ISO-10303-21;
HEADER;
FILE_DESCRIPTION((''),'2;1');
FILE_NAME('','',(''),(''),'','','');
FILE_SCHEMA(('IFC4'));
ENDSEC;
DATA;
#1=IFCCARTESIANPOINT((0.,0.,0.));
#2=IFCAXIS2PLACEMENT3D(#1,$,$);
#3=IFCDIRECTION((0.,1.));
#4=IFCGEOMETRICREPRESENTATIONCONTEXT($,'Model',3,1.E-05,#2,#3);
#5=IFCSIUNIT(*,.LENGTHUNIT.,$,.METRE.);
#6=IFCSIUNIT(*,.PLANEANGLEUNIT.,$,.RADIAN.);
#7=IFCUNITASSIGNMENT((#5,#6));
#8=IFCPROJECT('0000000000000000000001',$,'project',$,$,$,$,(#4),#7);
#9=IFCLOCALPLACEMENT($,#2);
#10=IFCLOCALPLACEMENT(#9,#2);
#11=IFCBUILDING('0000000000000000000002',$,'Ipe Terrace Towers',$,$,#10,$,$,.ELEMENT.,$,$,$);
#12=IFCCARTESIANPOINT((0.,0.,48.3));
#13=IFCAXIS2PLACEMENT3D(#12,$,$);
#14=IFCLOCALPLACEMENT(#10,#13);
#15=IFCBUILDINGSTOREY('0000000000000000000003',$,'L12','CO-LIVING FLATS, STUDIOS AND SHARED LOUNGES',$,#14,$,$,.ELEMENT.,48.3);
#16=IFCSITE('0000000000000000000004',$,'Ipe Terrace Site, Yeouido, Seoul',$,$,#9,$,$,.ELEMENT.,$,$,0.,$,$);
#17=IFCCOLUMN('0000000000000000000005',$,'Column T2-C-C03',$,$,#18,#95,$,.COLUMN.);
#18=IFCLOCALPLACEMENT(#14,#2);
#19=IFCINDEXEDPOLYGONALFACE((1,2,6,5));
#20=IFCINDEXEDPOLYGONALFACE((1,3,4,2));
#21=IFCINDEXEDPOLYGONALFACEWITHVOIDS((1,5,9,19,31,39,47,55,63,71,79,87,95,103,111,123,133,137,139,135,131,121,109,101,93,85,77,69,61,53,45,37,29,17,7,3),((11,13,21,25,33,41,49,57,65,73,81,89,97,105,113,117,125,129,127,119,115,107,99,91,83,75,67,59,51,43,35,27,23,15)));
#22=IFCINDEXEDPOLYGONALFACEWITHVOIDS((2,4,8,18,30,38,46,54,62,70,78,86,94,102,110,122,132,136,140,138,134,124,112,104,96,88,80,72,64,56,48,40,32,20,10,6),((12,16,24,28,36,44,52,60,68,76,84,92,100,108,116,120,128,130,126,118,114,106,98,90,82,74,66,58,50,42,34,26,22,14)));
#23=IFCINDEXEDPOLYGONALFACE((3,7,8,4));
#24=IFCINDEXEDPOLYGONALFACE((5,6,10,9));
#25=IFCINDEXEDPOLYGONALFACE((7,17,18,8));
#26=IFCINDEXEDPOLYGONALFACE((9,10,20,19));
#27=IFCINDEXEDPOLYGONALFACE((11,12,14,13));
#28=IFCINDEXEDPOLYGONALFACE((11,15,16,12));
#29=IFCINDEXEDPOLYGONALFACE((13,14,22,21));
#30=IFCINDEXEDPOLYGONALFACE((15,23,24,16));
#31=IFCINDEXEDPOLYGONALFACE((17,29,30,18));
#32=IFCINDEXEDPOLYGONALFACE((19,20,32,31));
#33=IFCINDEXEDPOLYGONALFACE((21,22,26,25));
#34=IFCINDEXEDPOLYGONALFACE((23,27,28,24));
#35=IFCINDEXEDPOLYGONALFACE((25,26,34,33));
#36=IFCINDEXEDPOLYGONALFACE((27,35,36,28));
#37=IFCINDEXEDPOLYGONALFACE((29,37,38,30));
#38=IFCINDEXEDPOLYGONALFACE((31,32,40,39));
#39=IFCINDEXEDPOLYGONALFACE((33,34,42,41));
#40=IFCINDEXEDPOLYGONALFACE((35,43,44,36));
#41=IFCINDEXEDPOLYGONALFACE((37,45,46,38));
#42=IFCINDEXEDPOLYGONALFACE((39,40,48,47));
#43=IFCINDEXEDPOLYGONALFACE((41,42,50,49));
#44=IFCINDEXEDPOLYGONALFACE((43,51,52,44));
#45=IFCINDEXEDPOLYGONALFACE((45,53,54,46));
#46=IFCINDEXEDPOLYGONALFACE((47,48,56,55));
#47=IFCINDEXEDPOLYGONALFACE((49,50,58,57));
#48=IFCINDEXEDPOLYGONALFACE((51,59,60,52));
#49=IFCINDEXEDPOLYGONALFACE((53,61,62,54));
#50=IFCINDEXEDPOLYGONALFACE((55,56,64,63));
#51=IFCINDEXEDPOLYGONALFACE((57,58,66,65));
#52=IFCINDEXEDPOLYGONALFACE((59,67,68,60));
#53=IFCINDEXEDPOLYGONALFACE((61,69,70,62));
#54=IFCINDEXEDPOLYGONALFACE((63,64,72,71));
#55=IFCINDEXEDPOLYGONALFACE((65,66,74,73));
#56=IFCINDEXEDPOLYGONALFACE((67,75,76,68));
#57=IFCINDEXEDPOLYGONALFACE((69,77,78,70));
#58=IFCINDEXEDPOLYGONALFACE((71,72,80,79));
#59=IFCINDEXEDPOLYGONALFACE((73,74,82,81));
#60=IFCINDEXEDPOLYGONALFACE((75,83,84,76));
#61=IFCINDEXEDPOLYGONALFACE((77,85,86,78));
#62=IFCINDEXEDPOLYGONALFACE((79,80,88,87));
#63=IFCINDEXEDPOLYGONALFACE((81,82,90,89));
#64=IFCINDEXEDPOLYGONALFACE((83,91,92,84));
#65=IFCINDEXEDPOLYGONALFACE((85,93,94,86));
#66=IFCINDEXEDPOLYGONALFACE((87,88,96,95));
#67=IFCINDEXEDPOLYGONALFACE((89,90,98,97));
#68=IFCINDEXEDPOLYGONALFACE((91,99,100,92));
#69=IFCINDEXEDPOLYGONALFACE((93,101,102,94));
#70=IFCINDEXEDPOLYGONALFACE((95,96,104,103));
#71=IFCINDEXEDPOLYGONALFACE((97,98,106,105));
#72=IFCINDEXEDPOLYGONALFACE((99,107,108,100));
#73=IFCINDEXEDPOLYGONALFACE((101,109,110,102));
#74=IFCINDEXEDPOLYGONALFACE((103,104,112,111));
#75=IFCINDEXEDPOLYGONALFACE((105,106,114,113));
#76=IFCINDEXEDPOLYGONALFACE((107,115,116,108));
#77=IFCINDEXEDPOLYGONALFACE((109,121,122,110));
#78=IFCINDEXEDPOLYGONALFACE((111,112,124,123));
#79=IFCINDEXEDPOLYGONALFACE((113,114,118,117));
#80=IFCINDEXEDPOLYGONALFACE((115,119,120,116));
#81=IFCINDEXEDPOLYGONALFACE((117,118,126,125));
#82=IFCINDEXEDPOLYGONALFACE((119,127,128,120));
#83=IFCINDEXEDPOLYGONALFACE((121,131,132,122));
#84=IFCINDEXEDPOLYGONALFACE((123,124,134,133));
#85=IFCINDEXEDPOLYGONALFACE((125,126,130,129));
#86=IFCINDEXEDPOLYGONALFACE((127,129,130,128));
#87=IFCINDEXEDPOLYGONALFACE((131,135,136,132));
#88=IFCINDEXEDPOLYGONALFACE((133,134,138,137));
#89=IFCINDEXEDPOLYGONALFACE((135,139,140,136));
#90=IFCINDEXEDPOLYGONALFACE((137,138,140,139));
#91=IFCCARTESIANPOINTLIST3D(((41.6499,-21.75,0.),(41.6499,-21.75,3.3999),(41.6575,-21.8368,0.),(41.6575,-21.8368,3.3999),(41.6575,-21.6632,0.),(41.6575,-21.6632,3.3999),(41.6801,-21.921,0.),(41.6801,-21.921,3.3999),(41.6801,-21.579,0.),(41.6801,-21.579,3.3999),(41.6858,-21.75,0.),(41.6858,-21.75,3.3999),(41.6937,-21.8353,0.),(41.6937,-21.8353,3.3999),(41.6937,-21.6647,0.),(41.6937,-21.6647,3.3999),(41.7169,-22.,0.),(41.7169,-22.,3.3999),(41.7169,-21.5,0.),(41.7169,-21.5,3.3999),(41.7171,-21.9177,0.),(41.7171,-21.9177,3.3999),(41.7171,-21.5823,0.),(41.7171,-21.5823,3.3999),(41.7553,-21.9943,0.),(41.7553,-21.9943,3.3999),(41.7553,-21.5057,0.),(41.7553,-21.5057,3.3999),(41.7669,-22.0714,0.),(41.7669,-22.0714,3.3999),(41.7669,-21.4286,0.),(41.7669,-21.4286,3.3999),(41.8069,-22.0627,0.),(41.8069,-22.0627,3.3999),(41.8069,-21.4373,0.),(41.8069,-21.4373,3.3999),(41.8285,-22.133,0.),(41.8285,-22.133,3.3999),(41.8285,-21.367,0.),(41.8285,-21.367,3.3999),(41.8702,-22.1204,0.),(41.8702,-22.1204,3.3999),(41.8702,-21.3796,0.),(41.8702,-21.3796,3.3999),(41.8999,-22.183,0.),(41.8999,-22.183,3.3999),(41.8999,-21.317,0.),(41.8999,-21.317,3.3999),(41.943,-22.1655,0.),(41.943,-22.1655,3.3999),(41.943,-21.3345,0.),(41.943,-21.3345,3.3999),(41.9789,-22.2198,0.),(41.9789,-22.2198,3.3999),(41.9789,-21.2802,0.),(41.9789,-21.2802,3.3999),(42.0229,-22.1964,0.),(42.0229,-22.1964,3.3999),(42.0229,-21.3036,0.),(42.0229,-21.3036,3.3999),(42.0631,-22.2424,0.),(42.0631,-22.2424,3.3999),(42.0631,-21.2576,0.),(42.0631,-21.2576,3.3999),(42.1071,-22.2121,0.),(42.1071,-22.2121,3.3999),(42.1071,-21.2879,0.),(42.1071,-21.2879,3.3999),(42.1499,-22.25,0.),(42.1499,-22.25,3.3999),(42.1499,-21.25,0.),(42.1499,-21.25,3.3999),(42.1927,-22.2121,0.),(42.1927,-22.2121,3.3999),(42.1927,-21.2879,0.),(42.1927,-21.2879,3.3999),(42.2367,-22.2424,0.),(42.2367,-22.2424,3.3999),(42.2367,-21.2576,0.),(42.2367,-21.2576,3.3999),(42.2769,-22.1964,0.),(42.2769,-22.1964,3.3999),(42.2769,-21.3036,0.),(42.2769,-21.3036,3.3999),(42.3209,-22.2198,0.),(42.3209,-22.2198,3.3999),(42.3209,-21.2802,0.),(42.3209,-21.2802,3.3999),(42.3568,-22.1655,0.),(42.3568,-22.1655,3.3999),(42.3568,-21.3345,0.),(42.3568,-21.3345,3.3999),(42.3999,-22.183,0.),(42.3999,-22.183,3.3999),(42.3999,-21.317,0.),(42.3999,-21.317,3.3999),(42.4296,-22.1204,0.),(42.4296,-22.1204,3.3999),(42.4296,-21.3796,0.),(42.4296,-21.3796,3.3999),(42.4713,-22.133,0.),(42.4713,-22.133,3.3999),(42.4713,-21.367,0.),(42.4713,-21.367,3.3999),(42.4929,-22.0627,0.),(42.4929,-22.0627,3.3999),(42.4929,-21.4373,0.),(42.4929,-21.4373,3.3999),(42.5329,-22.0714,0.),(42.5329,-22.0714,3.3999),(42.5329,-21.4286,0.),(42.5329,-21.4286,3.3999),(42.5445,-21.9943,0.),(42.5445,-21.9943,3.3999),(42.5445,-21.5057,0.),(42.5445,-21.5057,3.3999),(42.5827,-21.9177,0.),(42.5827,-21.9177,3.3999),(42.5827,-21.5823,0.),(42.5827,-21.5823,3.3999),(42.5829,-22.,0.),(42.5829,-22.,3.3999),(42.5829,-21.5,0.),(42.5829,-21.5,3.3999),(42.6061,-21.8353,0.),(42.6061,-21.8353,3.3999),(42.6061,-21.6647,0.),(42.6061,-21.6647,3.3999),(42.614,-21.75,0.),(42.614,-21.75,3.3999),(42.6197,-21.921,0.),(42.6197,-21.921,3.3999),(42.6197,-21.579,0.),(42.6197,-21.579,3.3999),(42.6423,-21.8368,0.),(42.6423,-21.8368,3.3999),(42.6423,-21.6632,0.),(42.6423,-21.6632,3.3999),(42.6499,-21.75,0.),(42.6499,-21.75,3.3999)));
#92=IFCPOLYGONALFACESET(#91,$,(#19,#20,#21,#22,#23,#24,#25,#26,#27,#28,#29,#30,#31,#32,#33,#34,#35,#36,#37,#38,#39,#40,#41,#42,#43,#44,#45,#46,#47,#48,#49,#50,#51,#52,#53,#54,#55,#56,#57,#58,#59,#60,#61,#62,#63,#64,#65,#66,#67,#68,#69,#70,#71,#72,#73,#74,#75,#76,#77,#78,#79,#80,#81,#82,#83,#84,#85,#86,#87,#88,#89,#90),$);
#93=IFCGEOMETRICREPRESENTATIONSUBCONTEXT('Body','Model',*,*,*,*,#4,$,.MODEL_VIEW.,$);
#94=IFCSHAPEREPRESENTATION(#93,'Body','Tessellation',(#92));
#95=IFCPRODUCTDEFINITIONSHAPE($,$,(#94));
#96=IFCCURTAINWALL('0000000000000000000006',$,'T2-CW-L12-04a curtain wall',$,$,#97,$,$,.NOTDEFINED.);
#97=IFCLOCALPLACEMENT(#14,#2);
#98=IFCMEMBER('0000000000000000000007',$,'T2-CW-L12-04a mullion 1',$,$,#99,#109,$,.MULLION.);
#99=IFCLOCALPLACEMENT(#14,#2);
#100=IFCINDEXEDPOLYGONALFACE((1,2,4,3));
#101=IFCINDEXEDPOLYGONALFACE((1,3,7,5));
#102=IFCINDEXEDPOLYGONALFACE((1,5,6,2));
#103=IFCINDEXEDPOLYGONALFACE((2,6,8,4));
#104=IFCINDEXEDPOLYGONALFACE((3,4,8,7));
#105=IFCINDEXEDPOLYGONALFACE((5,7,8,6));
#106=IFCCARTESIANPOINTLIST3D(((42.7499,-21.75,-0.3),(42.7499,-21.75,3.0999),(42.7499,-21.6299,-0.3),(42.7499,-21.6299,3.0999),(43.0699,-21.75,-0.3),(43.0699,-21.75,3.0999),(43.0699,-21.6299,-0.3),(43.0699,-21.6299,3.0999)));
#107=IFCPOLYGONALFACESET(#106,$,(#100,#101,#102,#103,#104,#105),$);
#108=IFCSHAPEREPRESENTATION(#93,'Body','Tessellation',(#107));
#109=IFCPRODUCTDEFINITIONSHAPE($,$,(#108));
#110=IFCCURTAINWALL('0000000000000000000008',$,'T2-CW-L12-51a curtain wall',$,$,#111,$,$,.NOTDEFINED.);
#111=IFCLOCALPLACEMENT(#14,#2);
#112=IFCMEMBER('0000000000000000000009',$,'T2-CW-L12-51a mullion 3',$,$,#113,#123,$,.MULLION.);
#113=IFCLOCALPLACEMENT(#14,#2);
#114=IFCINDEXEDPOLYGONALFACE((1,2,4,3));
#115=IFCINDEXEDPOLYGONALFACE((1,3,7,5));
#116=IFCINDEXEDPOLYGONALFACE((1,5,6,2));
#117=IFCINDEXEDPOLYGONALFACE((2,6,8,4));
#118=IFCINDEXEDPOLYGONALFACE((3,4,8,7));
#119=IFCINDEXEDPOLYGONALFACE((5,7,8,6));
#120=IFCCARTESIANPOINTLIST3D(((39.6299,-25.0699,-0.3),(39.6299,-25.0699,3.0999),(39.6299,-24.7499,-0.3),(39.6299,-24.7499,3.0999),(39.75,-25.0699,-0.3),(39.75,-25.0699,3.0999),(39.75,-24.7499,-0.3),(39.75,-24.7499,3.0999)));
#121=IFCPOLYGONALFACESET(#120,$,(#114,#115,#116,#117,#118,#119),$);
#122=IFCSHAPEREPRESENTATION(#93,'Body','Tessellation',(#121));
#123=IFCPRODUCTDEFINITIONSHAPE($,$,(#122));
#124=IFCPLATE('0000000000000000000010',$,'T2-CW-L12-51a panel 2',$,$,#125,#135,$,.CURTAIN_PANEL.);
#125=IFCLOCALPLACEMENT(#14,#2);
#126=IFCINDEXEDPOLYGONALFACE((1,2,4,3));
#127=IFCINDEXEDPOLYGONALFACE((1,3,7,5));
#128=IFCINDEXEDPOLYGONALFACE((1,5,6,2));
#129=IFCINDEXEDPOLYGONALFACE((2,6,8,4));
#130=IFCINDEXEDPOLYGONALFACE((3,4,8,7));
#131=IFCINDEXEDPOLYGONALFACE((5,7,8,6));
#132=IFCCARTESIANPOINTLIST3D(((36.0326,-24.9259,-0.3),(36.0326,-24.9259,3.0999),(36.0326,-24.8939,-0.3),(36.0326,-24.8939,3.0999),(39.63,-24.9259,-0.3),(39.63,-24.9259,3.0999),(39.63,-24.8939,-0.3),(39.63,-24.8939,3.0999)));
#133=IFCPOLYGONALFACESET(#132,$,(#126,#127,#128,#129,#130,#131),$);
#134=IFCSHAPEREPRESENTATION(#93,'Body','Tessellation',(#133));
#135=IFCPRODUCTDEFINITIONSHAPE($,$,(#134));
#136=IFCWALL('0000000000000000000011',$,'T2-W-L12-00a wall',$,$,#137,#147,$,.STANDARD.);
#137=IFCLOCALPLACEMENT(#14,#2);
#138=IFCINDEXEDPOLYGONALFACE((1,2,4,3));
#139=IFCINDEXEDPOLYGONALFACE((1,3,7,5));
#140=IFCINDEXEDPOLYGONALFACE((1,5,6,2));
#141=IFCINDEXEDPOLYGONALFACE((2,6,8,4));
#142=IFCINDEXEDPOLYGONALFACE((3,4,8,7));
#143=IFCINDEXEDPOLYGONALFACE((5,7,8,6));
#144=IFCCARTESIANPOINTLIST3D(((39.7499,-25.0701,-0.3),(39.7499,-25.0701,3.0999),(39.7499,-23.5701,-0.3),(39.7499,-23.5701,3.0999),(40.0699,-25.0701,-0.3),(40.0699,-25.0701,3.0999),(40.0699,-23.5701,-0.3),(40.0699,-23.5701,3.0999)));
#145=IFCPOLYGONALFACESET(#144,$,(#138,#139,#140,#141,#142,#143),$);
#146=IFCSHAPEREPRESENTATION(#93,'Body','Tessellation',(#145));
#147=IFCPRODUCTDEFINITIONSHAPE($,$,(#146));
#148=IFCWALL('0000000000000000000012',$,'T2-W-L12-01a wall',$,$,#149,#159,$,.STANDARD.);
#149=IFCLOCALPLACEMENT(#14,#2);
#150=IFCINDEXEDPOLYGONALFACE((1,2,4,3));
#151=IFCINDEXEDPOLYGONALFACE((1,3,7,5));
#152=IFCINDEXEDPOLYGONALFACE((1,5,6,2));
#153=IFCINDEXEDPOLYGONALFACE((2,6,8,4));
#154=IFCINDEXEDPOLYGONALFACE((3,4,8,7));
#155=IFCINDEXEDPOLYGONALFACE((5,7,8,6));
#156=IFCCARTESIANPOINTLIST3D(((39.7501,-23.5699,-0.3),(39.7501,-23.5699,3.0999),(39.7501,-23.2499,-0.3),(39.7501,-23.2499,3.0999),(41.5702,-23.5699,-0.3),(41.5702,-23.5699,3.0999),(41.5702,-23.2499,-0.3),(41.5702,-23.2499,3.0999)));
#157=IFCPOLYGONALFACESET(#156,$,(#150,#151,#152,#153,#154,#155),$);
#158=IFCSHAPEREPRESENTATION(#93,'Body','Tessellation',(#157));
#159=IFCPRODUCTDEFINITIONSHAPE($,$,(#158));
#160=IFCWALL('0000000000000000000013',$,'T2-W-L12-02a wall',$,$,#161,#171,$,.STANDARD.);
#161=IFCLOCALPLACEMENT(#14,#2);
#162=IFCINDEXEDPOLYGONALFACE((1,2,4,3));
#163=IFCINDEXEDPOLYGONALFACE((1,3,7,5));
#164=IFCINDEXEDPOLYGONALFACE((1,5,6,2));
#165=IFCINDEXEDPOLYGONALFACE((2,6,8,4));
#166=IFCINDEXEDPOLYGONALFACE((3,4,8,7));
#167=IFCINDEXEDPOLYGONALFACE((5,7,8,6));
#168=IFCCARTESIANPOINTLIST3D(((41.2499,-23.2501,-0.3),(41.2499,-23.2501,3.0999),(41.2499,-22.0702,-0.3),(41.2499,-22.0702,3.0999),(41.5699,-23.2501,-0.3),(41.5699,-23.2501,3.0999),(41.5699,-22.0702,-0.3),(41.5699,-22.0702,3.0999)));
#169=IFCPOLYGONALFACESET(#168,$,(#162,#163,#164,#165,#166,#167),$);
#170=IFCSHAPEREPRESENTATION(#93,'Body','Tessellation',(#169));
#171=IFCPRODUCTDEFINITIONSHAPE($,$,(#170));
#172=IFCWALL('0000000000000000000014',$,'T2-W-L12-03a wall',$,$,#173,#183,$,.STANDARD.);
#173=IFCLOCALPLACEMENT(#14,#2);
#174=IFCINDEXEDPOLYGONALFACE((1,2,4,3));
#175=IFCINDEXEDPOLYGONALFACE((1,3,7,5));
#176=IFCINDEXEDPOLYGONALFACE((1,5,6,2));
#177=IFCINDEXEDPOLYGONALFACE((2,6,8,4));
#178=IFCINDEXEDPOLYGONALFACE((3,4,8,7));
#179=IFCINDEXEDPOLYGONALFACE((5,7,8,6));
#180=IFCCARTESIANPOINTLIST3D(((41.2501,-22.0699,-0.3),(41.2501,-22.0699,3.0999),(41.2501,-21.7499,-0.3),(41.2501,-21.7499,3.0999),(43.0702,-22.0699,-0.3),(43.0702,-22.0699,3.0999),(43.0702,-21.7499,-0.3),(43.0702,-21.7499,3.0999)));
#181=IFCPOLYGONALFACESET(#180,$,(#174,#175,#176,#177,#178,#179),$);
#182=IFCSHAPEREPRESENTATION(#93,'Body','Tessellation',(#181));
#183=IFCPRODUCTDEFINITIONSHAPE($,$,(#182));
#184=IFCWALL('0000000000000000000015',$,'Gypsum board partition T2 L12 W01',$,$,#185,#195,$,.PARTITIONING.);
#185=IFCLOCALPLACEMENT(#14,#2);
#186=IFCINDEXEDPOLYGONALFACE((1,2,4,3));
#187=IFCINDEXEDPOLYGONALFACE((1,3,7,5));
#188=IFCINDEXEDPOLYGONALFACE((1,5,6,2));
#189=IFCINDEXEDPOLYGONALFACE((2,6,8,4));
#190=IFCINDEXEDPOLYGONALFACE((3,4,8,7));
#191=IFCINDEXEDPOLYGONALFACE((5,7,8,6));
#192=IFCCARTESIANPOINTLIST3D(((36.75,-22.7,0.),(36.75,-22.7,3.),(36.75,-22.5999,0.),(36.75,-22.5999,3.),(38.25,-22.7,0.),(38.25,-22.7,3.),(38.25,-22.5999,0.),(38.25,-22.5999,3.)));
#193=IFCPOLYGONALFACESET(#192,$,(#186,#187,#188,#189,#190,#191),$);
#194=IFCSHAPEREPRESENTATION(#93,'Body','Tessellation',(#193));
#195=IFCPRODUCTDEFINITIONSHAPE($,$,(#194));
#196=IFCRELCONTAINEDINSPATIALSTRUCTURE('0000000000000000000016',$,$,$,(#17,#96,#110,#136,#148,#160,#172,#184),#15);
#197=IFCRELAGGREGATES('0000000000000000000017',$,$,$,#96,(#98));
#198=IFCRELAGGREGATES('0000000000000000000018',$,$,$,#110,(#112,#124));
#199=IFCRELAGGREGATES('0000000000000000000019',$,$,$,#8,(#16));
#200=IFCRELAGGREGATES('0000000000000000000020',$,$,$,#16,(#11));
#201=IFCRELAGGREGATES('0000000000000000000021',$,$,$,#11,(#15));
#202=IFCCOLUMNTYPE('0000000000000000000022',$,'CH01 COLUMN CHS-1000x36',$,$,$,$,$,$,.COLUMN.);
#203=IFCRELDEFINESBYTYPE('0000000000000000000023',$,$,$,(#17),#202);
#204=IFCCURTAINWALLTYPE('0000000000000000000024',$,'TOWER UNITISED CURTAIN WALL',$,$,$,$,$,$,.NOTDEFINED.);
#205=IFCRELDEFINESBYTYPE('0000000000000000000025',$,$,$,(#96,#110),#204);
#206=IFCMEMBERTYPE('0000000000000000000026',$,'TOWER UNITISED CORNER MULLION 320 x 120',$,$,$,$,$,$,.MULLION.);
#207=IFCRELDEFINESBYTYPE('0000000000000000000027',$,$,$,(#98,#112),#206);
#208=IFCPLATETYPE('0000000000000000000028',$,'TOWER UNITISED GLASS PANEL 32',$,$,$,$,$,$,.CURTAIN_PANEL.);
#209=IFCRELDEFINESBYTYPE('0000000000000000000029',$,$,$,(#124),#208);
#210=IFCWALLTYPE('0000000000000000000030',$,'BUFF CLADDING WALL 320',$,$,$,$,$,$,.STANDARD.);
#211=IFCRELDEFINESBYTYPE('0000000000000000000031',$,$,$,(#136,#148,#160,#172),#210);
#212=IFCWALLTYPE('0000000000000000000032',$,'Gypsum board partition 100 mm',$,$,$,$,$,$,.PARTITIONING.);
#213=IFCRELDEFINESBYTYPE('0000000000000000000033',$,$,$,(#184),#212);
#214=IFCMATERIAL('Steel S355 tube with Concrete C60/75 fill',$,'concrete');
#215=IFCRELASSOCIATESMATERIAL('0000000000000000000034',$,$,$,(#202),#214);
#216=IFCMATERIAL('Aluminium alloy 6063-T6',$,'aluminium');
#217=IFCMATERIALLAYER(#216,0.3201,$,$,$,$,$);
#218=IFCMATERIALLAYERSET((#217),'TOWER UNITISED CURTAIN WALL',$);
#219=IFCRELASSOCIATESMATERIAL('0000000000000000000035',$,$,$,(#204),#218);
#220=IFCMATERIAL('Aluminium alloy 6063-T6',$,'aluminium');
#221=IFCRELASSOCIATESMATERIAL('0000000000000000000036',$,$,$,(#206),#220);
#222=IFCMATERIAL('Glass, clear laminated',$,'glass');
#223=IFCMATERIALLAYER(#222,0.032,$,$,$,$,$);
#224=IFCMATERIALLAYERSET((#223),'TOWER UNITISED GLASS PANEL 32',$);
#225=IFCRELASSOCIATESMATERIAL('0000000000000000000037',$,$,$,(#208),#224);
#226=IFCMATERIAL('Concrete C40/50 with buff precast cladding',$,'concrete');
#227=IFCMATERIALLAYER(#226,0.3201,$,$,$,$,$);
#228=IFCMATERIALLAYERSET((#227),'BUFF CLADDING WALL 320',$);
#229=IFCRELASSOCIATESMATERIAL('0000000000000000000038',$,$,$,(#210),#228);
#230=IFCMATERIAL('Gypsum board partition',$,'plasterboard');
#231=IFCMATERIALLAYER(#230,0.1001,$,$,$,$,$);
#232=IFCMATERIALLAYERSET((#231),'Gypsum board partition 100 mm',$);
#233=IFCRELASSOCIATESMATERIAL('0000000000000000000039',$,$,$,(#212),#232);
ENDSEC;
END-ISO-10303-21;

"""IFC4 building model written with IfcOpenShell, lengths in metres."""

from ifc_helpers import new_model, si_unit, direction, frame, frame_2d, origin, origin_2d, place, context, subcontext, project, spatial, rectangle, hollow_circle, extrude, material, layer, layer_set, material_profile, profile_set, type_object, element, aggregate, save


model = new_model("IFC4")

# Units and contexts
model_context = context("Model", 3, precision=1e-05, world=origin(), true_north=direction((0.0, 1.0)))
body_context = subcontext(model_context, "Body", "Model", "MODEL_VIEW")
ifc_project = project(units=[si_unit("LENGTHUNIT", "METRE"), si_unit("PLANEANGLEUNIT", "RADIAN")], contexts=[model_context])

# Site, building, storey
site_placement = place(None, origin())
site = spatial("IfcSite", under=ifc_project, at=site_placement, Name="Ipe Terrace Site, Yeouido, Seoul", CompositionType="ELEMENT", RefElevation=0.0)
building_placement = place(site_placement, origin())
building = spatial("IfcBuilding", under=site, at=building_placement, Name="Ipe Terrace Towers", CompositionType="ELEMENT")
storey_placement = place(building_placement, frame((0.0, 0.0, 48.3)))
storey = spatial("IfcBuildingStorey", under=building, at=storey_placement, Name="L12", Description="CO-LIVING FLATS, STUDIOS AND SHARED LOUNGES", CompositionType="ELEMENT", Elevation=48.3)

# Column
ifc_material_1 = material(Name="Steel S355 tube with Concrete C60/75 fill", Category="concrete")
ifc_material_profile_1 = material_profile(ifc_material_1, hollow_circle(Radius=0.5, WallThickness=0.0359, at=origin_2d()), Name="CHS-1000x36")
ifc_profile_set_1 = profile_set([ifc_material_profile_1], Name="Steel S355 tube with Concrete C60/75 fill")
column_type = type_object("IfcColumnType", Name="CH01 COLUMN CHS-1000x36", PredefinedType="COLUMN", material=ifc_profile_set_1)
column_placement = place(storey_placement, frame((42.1499, -21.75, 0.0), z_axis=(0.0, 0.0, 1.0), x_axis=(1.0, 0.0, 0.0)))
element("IfcColumn", 1, at=column_placement, inside=storey, type_object=column_type, Name="Column T2-C-C03", PredefinedType="COLUMN", context=body_context, shape_type="SweptSolid", body=[
    extrude(hollow_circle(Radius=0.5, WallThickness=0.0359, at=origin_2d()), origin(), (0.0, 0.0, 1.0), 3.3999),
])

# Curtain wall, member
ifc_material_2 = material(Name="Aluminium alloy 6063-T6", Category="aluminium")
ifc_layer_1 = layer(ifc_material_2, 0.3201)
ifc_layer_set_1 = layer_set([ifc_layer_1], Name="TOWER UNITISED CURTAIN WALL")
curtain_wall_type = type_object("IfcCurtainWallType", Name="TOWER UNITISED CURTAIN WALL", PredefinedType="NOTDEFINED", material=ifc_layer_set_1)
curtain_wall_1_placement = place(storey_placement, origin())
curtain_wall_1 = element("IfcCurtainWall", 2, at=curtain_wall_1_placement, inside=storey, type_object=curtain_wall_type, Name="T2-CW-L12-04a curtain wall", PredefinedType="NOTDEFINED")
ifc_material_3 = material(Name="Aluminium alloy 6063-T6", Category="aluminium")
ifc_material_profile_2 = material_profile(ifc_material_3, rectangle(XDim=0.3201, YDim=0.1201, at=origin_2d()), Name="TOWER UNITISED CORNER MULLION 320 x 120")
ifc_profile_set_2 = profile_set([ifc_material_profile_2], Name="Aluminium alloy 6063-T6")
member_type = type_object("IfcMemberType", Name="TOWER UNITISED CORNER MULLION 320 x 120", PredefinedType="MULLION", material=ifc_profile_set_2)
member_1_placement = place(storey_placement, frame((42.9099, -21.6899, -0.3), z_axis=(0.0, 0.0, 1.0), x_axis=(1.0, 0.0, 0.0)))
member_1 = element("IfcMember", 3, at=member_1_placement, type_object=member_type, Name="T2-CW-L12-04a mullion 1", PredefinedType="MULLION", context=body_context, shape_type="SweptSolid", body=[
    extrude(rectangle(XDim=0.3201, YDim=0.1201, at=origin_2d()), origin(), (0.0, 0.0, 1.0), 3.3999),
])
aggregate(curtain_wall_1, [member_1])

# Curtain wall, member, plate
curtain_wall_2_placement = place(storey_placement, origin())
curtain_wall_2 = element("IfcCurtainWall", 4, at=curtain_wall_2_placement, inside=storey, type_object=curtain_wall_type, Name="T2-CW-L12-51a curtain wall", PredefinedType="NOTDEFINED")
member_2_placement = place(storey_placement, frame((39.6899, -24.9099, -0.3), z_axis=(0.0, 0.0, 1.0), x_axis=(0.0, -1.0, 0.0)))
member_2 = element("IfcMember", 5, at=member_2_placement, type_object=member_type, Name="T2-CW-L12-51a mullion 3", PredefinedType="MULLION", context=body_context, shape_type="SweptSolid", body=[
    extrude(rectangle(XDim=0.3201, YDim=0.1201, at=origin_2d()), origin(), (0.0, 0.0, 1.0), 3.3999),
])
ifc_material_4 = material(Name="Glass, clear laminated", Category="glass")
ifc_layer_2 = layer(ifc_material_4, 0.032)
ifc_layer_set_2 = layer_set([ifc_layer_2], Name="TOWER UNITISED GLASS PANEL 32")
plate_type = type_object("IfcPlateType", Name="TOWER UNITISED GLASS PANEL 32", PredefinedType="CURTAIN_PANEL", material=ifc_layer_set_2)
plate_placement = place(storey_placement, frame((37.8313, -24.9099, -0.3), z_axis=(0.0, 0.0, 1.0), x_axis=(1.0, 0.0, 0.0)))
plate = element("IfcPlate", 6, at=plate_placement, type_object=plate_type, Name="T2-CW-L12-51a panel 2", PredefinedType="CURTAIN_PANEL", context=body_context, shape_type="SweptSolid", body=[
    extrude(rectangle(XDim=3.5974, YDim=0.032, at=origin_2d()), origin(), (0.0, 0.0, 1.0), 3.3999),
])
aggregate(curtain_wall_2, [member_2, plate])

# Walls
ifc_material_5 = material(Name="Concrete C40/50 with buff precast cladding", Category="concrete")
ifc_layer_3 = layer(ifc_material_5, 0.3201)
ifc_layer_set_3 = layer_set([ifc_layer_3], Name="BUFF CLADDING WALL 320")
wall_type_1 = type_object("IfcWallType", Name="BUFF CLADDING WALL 320", PredefinedType="STANDARD", material=ifc_layer_set_3)
wall_1_placement = place(storey_placement, frame((39.9099, -25.0701, -0.3), z_axis=(0.0, 0.0, 1.0), x_axis=(0.0, 1.0, 0.0)))
element("IfcWall", 7, at=wall_1_placement, inside=storey, type_object=wall_type_1, Name="T2-W-L12-00a wall", PredefinedType="STANDARD", context=body_context, shape_type="SweptSolid", body=[
    extrude(rectangle(XDim=1.5, YDim=0.3201, at=frame_2d((0.75, 0.0))), origin(), (0.0, 0.0, 1.0), 3.3999),
])
wall_2_placement = place(storey_placement, frame((39.75, -23.4099, -0.3), z_axis=(0.0, 0.0, 1.0), x_axis=(1.0, 0.0, 0.0)))
element("IfcWall", 8, at=wall_2_placement, inside=storey, type_object=wall_type_1, Name="T2-W-L12-01a wall", PredefinedType="STANDARD", context=body_context, shape_type="SweptSolid", body=[
    extrude(rectangle(XDim=1.8201, YDim=0.3201, at=frame_2d((0.9102, 0.0))), origin(), (0.0, 0.0, 1.0), 3.3999),
])
wall_3_placement = place(storey_placement, frame((41.4099, -23.25, -0.3), z_axis=(0.0, 0.0, 1.0), x_axis=(0.0, 1.0, 0.0)))
element("IfcWall", 9, at=wall_3_placement, inside=storey, type_object=wall_type_1, Name="T2-W-L12-02a wall", PredefinedType="STANDARD", context=body_context, shape_type="SweptSolid", body=[
    extrude(rectangle(XDim=1.1799, YDim=0.3201, at=frame_2d((0.5898, 0.0))), origin(), (0.0, 0.0, 1.0), 3.3999),
])
wall_4_placement = place(storey_placement, frame((41.25, -21.9099, -0.3), z_axis=(0.0, 0.0, 1.0), x_axis=(1.0, 0.0, 0.0)))
element("IfcWall", 10, at=wall_4_placement, inside=storey, type_object=wall_type_1, Name="T2-W-L12-03a wall", PredefinedType="STANDARD", context=body_context, shape_type="SweptSolid", body=[
    extrude(rectangle(XDim=1.8201, YDim=0.3201, at=frame_2d((0.9102, 0.0))), origin(), (0.0, 0.0, 1.0), 3.3999),
])
ifc_material_6 = material(Name="Gypsum board partition", Category="plasterboard")
ifc_layer_4 = layer(ifc_material_6, 0.1001)
ifc_layer_set_4 = layer_set([ifc_layer_4], Name="Gypsum board partition 100 mm")
wall_type_2 = type_object("IfcWallType", Name="Gypsum board partition 100 mm", PredefinedType="PARTITIONING", material=ifc_layer_set_4)
wall_5_placement = place(storey_placement, frame((38.25, -22.6499, 0.0), z_axis=(0.0, 0.0, 1.0), x_axis=(-1.0, 0.0, 0.0)))
element("IfcWall", 11, at=wall_5_placement, inside=storey, type_object=wall_type_2, Name="Gypsum board partition T2 L12 W01", PredefinedType="PARTITIONING", context=body_context, shape_type="SweptSolid", body=[
    extrude(rectangle(XDim=1.5, YDim=0.1001, at=frame_2d((0.75, 0.0))), origin(), (0.0, 0.0, 1.0), 3.0),
])

save(model, "model.ifc")
